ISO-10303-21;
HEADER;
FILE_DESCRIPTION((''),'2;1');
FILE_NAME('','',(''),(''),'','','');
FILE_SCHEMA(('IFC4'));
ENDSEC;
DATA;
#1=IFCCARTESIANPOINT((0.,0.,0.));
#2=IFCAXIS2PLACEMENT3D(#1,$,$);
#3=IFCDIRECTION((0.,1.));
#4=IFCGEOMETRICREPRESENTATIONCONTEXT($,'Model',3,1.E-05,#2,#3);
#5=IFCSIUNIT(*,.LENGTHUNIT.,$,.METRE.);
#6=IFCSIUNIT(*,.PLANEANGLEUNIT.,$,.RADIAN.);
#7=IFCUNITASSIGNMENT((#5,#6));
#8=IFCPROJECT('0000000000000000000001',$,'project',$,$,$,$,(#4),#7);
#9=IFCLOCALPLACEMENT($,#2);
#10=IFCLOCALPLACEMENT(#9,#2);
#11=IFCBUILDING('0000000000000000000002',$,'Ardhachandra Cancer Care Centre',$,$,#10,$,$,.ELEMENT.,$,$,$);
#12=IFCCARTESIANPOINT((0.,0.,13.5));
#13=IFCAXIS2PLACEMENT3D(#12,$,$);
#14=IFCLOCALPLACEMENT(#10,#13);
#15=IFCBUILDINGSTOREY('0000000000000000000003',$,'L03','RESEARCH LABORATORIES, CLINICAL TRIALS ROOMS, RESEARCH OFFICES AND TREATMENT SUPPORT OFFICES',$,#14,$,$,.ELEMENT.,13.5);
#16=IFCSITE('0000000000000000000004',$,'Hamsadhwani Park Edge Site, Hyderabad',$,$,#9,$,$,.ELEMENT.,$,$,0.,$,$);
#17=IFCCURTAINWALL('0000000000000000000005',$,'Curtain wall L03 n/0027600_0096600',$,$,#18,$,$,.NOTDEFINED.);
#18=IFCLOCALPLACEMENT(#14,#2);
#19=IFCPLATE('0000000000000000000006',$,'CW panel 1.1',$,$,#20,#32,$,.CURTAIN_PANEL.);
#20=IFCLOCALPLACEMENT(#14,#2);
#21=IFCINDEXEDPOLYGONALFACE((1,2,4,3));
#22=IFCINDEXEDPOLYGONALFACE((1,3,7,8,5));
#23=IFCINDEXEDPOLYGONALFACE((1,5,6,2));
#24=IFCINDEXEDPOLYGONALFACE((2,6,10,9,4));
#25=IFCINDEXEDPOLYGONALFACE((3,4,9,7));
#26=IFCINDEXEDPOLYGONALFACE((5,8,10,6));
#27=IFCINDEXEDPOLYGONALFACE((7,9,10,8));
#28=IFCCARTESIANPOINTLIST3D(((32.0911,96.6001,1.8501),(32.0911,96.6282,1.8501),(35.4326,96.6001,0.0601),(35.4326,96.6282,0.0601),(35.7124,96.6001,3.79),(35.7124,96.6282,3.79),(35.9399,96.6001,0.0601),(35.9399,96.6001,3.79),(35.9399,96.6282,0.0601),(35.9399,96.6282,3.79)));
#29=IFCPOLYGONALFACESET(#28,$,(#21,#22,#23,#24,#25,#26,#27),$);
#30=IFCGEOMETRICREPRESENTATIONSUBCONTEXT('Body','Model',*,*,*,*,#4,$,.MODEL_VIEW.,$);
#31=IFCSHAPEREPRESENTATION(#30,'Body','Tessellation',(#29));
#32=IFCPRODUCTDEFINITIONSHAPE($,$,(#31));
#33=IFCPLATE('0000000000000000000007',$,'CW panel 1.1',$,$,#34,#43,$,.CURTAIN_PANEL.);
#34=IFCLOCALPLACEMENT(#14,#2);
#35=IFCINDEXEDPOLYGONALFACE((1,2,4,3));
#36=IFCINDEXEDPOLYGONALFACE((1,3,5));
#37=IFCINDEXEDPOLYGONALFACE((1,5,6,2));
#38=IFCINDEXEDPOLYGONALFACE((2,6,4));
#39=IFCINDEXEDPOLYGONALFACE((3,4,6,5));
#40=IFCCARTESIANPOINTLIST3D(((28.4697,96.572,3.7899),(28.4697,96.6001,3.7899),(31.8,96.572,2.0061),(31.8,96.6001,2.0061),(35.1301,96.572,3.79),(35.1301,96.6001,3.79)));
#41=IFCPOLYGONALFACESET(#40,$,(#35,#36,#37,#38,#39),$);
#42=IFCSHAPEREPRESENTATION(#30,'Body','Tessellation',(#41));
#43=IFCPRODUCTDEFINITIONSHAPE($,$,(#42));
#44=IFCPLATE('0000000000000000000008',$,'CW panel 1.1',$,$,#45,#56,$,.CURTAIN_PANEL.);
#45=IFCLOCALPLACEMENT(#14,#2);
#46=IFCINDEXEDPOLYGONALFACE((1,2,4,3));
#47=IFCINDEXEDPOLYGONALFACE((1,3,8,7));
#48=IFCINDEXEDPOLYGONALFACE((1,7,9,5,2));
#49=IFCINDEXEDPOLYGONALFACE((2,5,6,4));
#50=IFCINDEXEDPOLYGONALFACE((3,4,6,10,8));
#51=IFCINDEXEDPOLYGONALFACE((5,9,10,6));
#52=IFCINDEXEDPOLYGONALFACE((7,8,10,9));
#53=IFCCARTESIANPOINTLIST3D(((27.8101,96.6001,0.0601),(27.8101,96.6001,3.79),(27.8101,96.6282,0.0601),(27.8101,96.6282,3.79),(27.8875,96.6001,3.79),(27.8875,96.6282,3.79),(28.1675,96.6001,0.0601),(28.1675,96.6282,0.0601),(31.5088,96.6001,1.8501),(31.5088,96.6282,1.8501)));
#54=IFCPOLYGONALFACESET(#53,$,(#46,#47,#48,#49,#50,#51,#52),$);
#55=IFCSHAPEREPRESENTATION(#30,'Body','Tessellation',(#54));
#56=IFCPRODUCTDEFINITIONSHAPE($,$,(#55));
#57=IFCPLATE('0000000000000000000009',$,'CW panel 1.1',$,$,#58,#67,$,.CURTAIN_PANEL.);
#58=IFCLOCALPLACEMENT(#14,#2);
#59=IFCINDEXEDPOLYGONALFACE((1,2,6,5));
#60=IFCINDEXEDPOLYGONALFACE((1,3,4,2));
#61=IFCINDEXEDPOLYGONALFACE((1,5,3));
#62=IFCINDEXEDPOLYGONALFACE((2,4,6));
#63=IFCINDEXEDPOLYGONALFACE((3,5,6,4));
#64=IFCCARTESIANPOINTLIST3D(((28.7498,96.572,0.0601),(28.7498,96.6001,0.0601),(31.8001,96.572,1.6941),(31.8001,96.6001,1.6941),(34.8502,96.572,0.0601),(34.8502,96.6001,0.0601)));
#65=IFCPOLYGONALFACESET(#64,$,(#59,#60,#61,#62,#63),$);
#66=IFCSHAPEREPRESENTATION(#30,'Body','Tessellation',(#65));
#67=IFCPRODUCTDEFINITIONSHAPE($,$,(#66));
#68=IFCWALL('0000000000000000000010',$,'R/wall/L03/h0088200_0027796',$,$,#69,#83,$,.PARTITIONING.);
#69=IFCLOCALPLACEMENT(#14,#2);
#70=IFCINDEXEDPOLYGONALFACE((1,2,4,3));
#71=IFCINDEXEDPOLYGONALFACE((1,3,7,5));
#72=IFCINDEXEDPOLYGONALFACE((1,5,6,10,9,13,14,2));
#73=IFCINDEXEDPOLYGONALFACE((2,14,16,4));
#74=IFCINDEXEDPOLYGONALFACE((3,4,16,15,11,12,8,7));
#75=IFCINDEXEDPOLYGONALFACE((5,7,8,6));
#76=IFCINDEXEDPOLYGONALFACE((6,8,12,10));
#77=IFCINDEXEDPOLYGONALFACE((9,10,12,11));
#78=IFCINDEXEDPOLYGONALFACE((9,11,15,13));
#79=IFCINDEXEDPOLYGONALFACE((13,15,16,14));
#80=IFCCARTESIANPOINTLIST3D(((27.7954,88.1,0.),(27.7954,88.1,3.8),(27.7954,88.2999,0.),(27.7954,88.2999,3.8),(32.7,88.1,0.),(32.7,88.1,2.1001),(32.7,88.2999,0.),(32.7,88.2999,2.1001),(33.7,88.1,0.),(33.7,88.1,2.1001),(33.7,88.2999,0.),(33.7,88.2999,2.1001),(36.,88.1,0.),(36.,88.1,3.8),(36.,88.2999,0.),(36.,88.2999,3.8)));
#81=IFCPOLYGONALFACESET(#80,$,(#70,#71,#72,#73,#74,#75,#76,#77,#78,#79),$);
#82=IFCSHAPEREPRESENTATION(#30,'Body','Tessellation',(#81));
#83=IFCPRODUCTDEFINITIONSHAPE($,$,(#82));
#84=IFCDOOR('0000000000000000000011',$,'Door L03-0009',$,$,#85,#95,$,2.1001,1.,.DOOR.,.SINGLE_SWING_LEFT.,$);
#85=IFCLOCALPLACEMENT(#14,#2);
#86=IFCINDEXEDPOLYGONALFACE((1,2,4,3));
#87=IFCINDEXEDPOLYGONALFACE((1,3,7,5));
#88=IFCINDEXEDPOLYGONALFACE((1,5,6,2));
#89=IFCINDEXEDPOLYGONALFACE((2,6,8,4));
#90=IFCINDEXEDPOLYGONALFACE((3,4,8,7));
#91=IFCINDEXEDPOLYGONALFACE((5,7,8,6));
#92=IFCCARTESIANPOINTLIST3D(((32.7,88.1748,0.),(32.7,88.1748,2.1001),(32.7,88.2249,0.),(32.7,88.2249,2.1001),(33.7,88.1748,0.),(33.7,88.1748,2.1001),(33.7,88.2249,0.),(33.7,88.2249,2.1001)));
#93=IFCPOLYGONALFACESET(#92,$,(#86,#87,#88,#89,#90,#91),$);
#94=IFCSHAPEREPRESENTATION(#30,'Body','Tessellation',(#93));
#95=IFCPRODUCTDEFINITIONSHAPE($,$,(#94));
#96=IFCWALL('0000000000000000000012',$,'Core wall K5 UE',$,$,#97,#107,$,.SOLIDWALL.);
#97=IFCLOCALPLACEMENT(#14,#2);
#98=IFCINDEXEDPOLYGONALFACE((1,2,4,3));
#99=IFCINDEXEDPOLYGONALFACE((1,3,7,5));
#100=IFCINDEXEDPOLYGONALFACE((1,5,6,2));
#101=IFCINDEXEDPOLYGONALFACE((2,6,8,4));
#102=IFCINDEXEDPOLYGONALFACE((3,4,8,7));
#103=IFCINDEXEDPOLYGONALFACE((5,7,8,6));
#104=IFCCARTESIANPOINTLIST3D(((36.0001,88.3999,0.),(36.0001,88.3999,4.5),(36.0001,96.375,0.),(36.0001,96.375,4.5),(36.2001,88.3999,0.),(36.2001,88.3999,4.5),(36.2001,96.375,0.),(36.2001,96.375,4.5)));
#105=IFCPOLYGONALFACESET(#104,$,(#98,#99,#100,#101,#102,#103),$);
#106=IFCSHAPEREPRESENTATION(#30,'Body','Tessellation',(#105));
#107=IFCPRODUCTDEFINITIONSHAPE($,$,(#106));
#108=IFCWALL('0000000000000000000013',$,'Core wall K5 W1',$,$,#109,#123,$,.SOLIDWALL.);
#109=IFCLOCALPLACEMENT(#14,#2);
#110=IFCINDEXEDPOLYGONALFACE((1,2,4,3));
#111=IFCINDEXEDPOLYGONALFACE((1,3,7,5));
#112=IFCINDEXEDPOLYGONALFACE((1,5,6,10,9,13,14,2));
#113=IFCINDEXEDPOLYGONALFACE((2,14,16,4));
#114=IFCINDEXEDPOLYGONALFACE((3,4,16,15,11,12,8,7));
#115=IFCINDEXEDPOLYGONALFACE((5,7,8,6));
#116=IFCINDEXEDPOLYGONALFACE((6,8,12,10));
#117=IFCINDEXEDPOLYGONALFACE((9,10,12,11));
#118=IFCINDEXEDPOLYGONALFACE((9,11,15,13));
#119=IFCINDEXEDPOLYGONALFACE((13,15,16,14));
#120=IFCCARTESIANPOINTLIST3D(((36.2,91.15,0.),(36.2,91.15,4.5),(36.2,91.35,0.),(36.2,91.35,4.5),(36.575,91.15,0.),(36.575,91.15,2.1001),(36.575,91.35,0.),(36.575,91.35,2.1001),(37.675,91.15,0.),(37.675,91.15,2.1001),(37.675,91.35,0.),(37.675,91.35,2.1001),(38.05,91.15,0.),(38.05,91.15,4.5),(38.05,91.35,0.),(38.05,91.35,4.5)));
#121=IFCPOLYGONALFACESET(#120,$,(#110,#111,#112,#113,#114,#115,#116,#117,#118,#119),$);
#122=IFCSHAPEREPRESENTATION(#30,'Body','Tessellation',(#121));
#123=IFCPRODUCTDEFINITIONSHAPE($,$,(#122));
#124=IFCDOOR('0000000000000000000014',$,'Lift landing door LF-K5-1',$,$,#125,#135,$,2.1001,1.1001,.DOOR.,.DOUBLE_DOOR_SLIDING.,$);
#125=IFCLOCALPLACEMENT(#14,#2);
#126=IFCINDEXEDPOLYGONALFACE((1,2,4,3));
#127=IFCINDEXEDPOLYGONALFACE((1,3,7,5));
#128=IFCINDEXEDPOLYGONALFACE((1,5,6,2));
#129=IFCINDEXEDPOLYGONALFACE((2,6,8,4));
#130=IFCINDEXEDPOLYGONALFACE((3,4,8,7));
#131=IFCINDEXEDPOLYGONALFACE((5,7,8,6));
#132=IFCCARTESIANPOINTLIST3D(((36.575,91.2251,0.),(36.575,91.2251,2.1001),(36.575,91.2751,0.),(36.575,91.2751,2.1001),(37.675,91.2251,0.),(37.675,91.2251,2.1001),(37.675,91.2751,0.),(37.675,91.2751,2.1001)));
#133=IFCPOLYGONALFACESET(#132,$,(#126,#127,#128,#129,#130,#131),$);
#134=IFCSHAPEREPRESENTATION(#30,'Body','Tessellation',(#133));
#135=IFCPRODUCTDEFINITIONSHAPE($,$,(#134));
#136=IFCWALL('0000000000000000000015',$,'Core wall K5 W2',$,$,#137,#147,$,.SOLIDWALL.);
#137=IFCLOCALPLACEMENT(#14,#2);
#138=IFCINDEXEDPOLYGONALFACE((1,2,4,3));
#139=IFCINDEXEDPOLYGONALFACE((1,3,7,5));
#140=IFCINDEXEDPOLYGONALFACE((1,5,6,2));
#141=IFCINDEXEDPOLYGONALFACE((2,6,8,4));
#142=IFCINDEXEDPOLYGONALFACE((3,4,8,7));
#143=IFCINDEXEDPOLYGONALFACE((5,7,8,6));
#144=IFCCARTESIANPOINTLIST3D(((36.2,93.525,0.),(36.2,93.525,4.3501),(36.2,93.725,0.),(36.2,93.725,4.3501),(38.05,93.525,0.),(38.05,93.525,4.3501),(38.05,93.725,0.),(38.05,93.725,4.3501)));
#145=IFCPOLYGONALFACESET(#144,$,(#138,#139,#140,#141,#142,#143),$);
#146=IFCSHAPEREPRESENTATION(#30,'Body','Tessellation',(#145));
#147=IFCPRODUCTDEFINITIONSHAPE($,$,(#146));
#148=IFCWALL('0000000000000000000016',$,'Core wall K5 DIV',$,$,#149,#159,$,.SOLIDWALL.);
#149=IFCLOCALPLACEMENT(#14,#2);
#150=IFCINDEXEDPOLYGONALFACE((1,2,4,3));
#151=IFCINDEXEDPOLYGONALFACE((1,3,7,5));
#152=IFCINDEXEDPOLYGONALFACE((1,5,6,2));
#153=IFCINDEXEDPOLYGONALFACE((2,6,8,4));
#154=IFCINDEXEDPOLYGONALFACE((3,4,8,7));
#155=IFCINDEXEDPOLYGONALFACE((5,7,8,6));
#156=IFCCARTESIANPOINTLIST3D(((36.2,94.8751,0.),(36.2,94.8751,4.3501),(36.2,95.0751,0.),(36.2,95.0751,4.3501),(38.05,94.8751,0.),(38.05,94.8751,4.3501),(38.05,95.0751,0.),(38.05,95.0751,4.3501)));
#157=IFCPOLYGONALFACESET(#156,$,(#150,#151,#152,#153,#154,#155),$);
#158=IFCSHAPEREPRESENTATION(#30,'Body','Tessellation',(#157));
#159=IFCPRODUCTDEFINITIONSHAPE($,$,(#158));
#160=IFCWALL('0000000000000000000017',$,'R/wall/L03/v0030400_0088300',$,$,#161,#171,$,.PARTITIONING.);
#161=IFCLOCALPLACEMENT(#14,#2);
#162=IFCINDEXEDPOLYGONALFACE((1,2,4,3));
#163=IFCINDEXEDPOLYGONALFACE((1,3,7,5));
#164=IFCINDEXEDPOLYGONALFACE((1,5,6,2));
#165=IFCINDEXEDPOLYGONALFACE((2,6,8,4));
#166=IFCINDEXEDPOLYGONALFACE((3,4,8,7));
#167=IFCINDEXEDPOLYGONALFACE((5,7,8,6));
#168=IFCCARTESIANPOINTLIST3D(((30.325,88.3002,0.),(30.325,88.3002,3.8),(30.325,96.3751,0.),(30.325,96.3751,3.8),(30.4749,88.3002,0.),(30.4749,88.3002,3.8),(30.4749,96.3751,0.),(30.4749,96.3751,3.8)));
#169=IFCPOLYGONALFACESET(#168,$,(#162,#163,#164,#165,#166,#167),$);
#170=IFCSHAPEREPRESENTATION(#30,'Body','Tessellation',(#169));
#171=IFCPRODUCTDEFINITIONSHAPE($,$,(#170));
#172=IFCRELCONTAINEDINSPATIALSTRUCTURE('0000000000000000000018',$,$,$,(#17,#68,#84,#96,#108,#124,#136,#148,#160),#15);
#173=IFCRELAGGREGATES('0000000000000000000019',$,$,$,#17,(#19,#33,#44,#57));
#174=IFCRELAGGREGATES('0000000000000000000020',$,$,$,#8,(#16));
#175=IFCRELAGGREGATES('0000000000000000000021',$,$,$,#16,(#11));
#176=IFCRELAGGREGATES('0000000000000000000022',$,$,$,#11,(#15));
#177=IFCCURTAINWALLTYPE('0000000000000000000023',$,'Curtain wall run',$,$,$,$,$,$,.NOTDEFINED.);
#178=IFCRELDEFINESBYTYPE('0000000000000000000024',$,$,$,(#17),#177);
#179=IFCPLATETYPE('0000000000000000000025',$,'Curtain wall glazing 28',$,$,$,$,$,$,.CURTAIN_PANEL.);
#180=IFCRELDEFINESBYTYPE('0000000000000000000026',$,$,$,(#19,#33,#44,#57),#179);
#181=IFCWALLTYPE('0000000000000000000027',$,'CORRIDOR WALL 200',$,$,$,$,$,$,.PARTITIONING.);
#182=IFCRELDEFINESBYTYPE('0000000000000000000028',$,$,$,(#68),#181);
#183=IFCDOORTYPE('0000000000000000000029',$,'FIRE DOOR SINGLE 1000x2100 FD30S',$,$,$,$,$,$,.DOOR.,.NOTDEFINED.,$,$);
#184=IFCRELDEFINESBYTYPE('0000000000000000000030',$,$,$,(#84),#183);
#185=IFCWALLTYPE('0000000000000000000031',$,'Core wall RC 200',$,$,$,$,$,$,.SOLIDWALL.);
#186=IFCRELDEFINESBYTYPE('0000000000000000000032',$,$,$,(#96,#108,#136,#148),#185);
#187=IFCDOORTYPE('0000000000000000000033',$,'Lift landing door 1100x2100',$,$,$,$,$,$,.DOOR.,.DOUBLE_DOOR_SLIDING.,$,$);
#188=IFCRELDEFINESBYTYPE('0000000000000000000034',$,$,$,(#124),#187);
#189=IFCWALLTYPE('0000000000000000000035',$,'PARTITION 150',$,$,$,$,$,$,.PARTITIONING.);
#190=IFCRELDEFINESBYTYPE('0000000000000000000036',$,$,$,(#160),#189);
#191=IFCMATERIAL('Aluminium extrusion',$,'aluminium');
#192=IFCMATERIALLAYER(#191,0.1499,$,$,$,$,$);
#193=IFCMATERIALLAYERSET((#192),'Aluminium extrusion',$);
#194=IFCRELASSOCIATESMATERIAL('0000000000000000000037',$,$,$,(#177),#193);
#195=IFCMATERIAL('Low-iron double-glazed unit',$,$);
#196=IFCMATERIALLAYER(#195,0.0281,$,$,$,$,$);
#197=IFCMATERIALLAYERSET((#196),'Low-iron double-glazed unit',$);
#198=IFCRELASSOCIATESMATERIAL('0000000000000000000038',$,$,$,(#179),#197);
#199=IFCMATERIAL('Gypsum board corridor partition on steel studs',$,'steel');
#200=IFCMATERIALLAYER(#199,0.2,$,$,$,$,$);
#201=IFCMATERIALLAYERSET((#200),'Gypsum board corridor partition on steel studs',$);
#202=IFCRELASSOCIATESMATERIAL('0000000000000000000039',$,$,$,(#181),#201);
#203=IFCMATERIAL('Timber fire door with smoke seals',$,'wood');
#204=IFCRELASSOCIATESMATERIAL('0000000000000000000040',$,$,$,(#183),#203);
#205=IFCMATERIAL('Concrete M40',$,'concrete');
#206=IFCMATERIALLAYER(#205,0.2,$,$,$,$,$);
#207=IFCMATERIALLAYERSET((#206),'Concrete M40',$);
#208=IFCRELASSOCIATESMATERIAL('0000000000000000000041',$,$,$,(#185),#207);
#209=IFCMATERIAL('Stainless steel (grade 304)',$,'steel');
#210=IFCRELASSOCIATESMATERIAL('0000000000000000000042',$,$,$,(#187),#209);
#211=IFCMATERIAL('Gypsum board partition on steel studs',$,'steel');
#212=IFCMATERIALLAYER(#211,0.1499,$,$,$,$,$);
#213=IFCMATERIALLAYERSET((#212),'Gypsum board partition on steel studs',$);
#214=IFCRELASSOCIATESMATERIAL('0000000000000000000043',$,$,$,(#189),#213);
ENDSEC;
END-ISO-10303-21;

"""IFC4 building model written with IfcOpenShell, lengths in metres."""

from ifc_helpers import new_model, si_unit, direction, frame, frame_2d, origin, place, context, subcontext, project, spatial, polyline, rectangle, outline, extrude, material, layer, layer_set, type_object, element, fill, aggregate, save


model = new_model("IFC4")

# Units and contexts
model_context = context("Model", 3, precision=1e-05, world=origin(), true_north=direction((0.0, 1.0)))
body_context = subcontext(model_context, "Body", "Model", "MODEL_VIEW")
ifc_project = project(units=[si_unit("LENGTHUNIT", "METRE"), si_unit("PLANEANGLEUNIT", "RADIAN")], contexts=[model_context])

# Site, building, storey
site_placement = place(None, origin())
site = spatial("IfcSite", under=ifc_project, at=site_placement, Name="Hamsadhwani Park Edge Site, Hyderabad", CompositionType="ELEMENT", RefElevation=0.0)
building_placement = place(site_placement, origin())
building = spatial("IfcBuilding", under=site, at=building_placement, Name="Ardhachandra Cancer Care Centre", CompositionType="ELEMENT")
storey_placement = place(building_placement, frame((0.0, 0.0, 13.5)))
storey = spatial("IfcBuildingStorey", under=building, at=storey_placement, Name="L03", Description="RESEARCH LABORATORIES, CLINICAL TRIALS ROOMS, RESEARCH OFFICES AND TREATMENT SUPPORT OFFICES", CompositionType="ELEMENT", Elevation=13.5)

# Curtain wall, plates
ifc_material_1 = material(Name="Aluminium extrusion", Category="aluminium")
ifc_layer_1 = layer(ifc_material_1, 0.1499)
ifc_layer_set_1 = layer_set([ifc_layer_1], Name="Aluminium extrusion")
curtain_wall_type = type_object("IfcCurtainWallType", Name="Curtain wall run", PredefinedType="NOTDEFINED", material=ifc_layer_set_1)
curtain_wall_placement = place(storey_placement, origin())
curtain_wall = element("IfcCurtainWall", 1, at=curtain_wall_placement, inside=storey, type_object=curtain_wall_type, Name="Curtain wall L03 n/0027600_0096600", PredefinedType="NOTDEFINED")
ifc_material_2 = material(Name="Low-iron double-glazed unit")
ifc_layer_2 = layer(ifc_material_2, 0.0281)
ifc_layer_set_2 = layer_set([ifc_layer_2], Name="Low-iron double-glazed unit")
plate_type = type_object("IfcPlateType", Name="Curtain wall glazing 28", PredefinedType="CURTAIN_PANEL", material=ifc_layer_set_2)
plate_1_placement = place(storey_placement, frame((35.9399, 96.6001, 3.79), z_axis=(0.0, 1.0, 0.0), x_axis=(0.0, 0.0, -1.0)))
plate_1 = element("IfcPlate", 2, at=plate_1_placement, type_object=plate_type, Name="CW panel 1.1", PredefinedType="CURTAIN_PANEL", context=body_context, shape_type="SweptSolid", body=[
    extrude(outline(polyline([(0.0, 0.0), (3.73, 0.0), (3.73, 0.5073), (1.9399, 3.8489), (0.0, 0.2275), (0.0, 0.0)])), origin(), (0.0, 0.0, 1.0), 0.0281),
])
plate_2_placement = place(storey_placement, frame((35.1301, 96.6001, 3.79), z_axis=(0.0, 1.0, 0.0), x_axis=(-0.881484, 0.0, -0.472214)))
plate_2 = element("IfcPlate", 3, at=plate_2_placement, type_object=plate_type, Name="CW panel 1.1", PredefinedType="CURTAIN_PANEL", context=body_context, shape_type="SweptSolid", body=[
    extrude(outline(polyline([(0.0, 0.0), (3.7778, 0.0), (5.8711, 3.145), (0.0, 0.0)])), frame((0.0, 0.0, -0.0281)), (0.0, 0.0, 1.0), 0.0281),
])
plate_3_placement = place(storey_placement, frame((27.8101, 96.6001, 0.0601), z_axis=(0.0, 1.0, 0.0), x_axis=(0.0, 0.0, 1.0)))
plate_3 = element("IfcPlate", 4, at=plate_3_placement, type_object=plate_type, Name="CW panel 1.1", PredefinedType="CURTAIN_PANEL", context=body_context, shape_type="SweptSolid", body=[
    extrude(outline(polyline([(0.0, 0.0), (3.73, 0.0), (3.73, 0.0774), (1.79, 3.6987), (0.0, 0.3574), (0.0, 0.0)])), origin(), (0.0, 0.0, 1.0), 0.0281),
])
plate_4_placement = place(storey_placement, frame((28.7498, 96.6001, 0.0601), z_axis=(0.0, 1.0, 0.0), x_axis=(0.881486, 0.0, 0.47221)))
plate_4 = element("IfcPlate", 5, at=plate_4_placement, type_object=plate_type, Name="CW panel 1.1", PredefinedType="CURTAIN_PANEL", context=body_context, shape_type="SweptSolid", body=[
    extrude(outline(polyline([(0.0, 0.0), (3.4604, 0.0), (5.3774, 2.8806), (0.0, 0.0)])), frame((0.0, 0.0, -0.0281)), (0.0, 0.0, 1.0), 0.0281),
])
aggregate(curtain_wall, [plate_1, plate_2, plate_3, plate_4])

# Wall, opening, door
ifc_material_3 = material(Name="Gypsum board corridor partition on steel studs", Category="steel")
ifc_layer_3 = layer(ifc_material_3, 0.2)
ifc_layer_set_3 = layer_set([ifc_layer_3], Name="Gypsum board corridor partition on steel studs")
wall_type_1 = type_object("IfcWallType", Name="CORRIDOR WALL 200", PredefinedType="PARTITIONING", material=ifc_layer_set_3)
wall_1_placement = place(storey_placement, frame((27.7954, 88.2, 0.0), z_axis=(0.0, 0.0, 1.0), x_axis=(1.0, 0.0, 0.0)))
wall_1 = element("IfcWall", 6, at=wall_1_placement, inside=storey, type_object=wall_type_1, Name="R/wall/L03/h0088200_0027796", PredefinedType="PARTITIONING", context=body_context, shape_type="SweptSolid", body=[
    extrude(rectangle(XDim=8.2046, YDim=0.2, at=frame_2d((4.1023, 0.0))), origin(), (0.0, 0.0, 1.0), 3.8),
])
opening_1_placement = place(wall_1_placement, frame((4.9045, 0.0, 0.0)))
opening_1 = element("IfcOpeningElement", 7, at=opening_1_placement, cuts=wall_1, PredefinedType="OPENING", context=body_context, shape_type="SweptSolid", body=[
    extrude(rectangle(XDim=1.0, YDim=2.1001, at=frame_2d((0.5, 1.05))), frame((0.0, 0.1099, 0.0), z_axis=(0.0, -1.0, 0.0), x_axis=(1.0, 0.0, 0.0)), (0.0, 0.0, 1.0), 0.22),
])
ifc_material_4 = material(Name="Timber fire door with smoke seals", Category="wood")
door_type_1 = type_object("IfcDoorType", Name="FIRE DOOR SINGLE 1000x2100 FD30S", OperationType="NOTDEFINED", PredefinedType="DOOR", material=ifc_material_4)
door_1_placement = place(opening_1_placement, origin())
door_1 = element("IfcDoor", 8, at=door_1_placement, inside=storey, type_object=door_type_1, Name="Door L03-0009", OperationType="SINGLE_SWING_LEFT", OverallHeight=2.1001, OverallWidth=1.0, PredefinedType="DOOR", context=body_context, shape_type="SweptSolid", body=[
    extrude(rectangle(XDim=1.0, YDim=2.1001, at=frame_2d((0.5, 1.05))), frame((0.0, 0.0249, 0.0), z_axis=(0.0, -1.0, 0.0), x_axis=(1.0, 0.0, 0.0)), (0.0, 0.0, 1.0), 0.05),
])
fill(opening_1, door_1)

# Wall
ifc_material_5 = material(Name="Concrete M40", Category="concrete")
ifc_layer_4 = layer(ifc_material_5, 0.2)
ifc_layer_set_4 = layer_set([ifc_layer_4], Name="Concrete M40")
wall_type_2 = type_object("IfcWallType", Name="Core wall RC 200", PredefinedType="SOLIDWALL", material=ifc_layer_set_4)
wall_2_placement = place(storey_placement, frame((36.1001, 88.3999, 0.0), z_axis=(0.0, 0.0, 1.0), x_axis=(0.0, 1.0, 0.0)))
element("IfcWall", 9, at=wall_2_placement, inside=storey, type_object=wall_type_2, Name="Core wall K5 UE", PredefinedType="SOLIDWALL", context=body_context, shape_type="SweptSolid", body=[
    extrude(rectangle(XDim=7.9751, YDim=0.2, at=frame_2d((3.9875, 0.0))), origin(), (0.0, 0.0, 1.0), 4.5),
])

# Wall, opening, door
wall_3_placement = place(storey_placement, frame((38.05, 91.25, 0.0), z_axis=(0.0, 0.0, 1.0), x_axis=(-1.0, 0.0, 0.0)))
wall_3 = element("IfcWall", 10, at=wall_3_placement, inside=storey, type_object=wall_type_2, Name="Core wall K5 W1", PredefinedType="SOLIDWALL", context=body_context, shape_type="SweptSolid", body=[
    extrude(rectangle(XDim=1.8501, YDim=0.2, at=frame_2d((0.925, 0.0))), origin(), (0.0, 0.0, 1.0), 4.5),
])
opening_2_placement = place(wall_3_placement, frame((0.375, 0.0, 0.0)))
opening_2 = element("IfcOpeningElement", 11, at=opening_2_placement, cuts=wall_3, PredefinedType="OPENING", context=body_context, shape_type="SweptSolid", body=[
    extrude(rectangle(XDim=1.1001, YDim=2.1001, at=frame_2d((0.55, 1.05))), frame((0.0, 0.1099, 0.0), z_axis=(0.0, -1.0, 0.0), x_axis=(1.0, 0.0, 0.0)), (0.0, 0.0, 1.0), 0.22),
])
ifc_material_6 = material(Name="Stainless steel (grade 304)", Category="steel")
door_type_2 = type_object("IfcDoorType", Name="Lift landing door 1100x2100", OperationType="DOUBLE_DOOR_SLIDING", PredefinedType="DOOR", material=ifc_material_6)
door_2_placement = place(opening_2_placement, origin())
door_2 = element("IfcDoor", 12, at=door_2_placement, inside=storey, type_object=door_type_2, Name="Lift landing door LF-K5-1", OperationType="DOUBLE_DOOR_SLIDING", OverallHeight=2.1001, OverallWidth=1.1001, PredefinedType="DOOR", context=body_context, shape_type="SweptSolid", body=[
    extrude(rectangle(XDim=1.1001, YDim=2.1001, at=frame_2d((0.55, 1.05))), frame((0.0, 0.0249, 0.0), z_axis=(0.0, -1.0, 0.0), x_axis=(1.0, 0.0, 0.0)), (0.0, 0.0, 1.0), 0.05),
])
fill(opening_2, door_2)

# Walls
for number, where, z_axis, x_axis, name in (
    (13, (38.05, 93.625, 0.0), (0.0, 0.0, 1.0), (-1.0, 0.0, 0.0), "Core wall K5 W2"),
    (14, (38.05, 94.9751, 0.0), (0.0, 0.0, 1.0), (-1.0, 0.0, 0.0), "Core wall K5 DIV"),
):
    element("IfcWall", number, at=place(storey_placement, frame(where, z_axis=z_axis, x_axis=x_axis)), inside=storey, type_object=wall_type_2, Name=name, PredefinedType="SOLIDWALL", context=body_context, shape_type="SweptSolid", body=[
        extrude(rectangle(XDim=1.8501, YDim=0.2, at=frame_2d((0.925, 0.0))), origin(), (0.0, 0.0, 1.0), 4.3501),
    ])
ifc_material_7 = material(Name="Gypsum board partition on steel studs", Category="steel")
ifc_layer_5 = layer(ifc_material_7, 0.1499)
ifc_layer_set_5 = layer_set([ifc_layer_5], Name="Gypsum board partition on steel studs")
wall_type_3 = type_object("IfcWallType", Name="PARTITION 150", PredefinedType="PARTITIONING", material=ifc_layer_set_5)
wall_4_placement = place(storey_placement, frame((30.3999, 88.3, 0.0), z_axis=(0.0, 0.0, 1.0), x_axis=(0.0, 1.0, 0.0)))
element("IfcWall", 15, at=wall_4_placement, inside=storey, type_object=wall_type_3, Name="R/wall/L03/v0030400_0088300", PredefinedType="PARTITIONING", context=body_context, shape_type="SweptSolid", body=[
    extrude(rectangle(XDim=8.075, YDim=0.1499, at=frame_2d((4.0376, 0.0))), origin(), (0.0, 0.0, 1.0), 3.8),
])

save(model, "model.ifc")
